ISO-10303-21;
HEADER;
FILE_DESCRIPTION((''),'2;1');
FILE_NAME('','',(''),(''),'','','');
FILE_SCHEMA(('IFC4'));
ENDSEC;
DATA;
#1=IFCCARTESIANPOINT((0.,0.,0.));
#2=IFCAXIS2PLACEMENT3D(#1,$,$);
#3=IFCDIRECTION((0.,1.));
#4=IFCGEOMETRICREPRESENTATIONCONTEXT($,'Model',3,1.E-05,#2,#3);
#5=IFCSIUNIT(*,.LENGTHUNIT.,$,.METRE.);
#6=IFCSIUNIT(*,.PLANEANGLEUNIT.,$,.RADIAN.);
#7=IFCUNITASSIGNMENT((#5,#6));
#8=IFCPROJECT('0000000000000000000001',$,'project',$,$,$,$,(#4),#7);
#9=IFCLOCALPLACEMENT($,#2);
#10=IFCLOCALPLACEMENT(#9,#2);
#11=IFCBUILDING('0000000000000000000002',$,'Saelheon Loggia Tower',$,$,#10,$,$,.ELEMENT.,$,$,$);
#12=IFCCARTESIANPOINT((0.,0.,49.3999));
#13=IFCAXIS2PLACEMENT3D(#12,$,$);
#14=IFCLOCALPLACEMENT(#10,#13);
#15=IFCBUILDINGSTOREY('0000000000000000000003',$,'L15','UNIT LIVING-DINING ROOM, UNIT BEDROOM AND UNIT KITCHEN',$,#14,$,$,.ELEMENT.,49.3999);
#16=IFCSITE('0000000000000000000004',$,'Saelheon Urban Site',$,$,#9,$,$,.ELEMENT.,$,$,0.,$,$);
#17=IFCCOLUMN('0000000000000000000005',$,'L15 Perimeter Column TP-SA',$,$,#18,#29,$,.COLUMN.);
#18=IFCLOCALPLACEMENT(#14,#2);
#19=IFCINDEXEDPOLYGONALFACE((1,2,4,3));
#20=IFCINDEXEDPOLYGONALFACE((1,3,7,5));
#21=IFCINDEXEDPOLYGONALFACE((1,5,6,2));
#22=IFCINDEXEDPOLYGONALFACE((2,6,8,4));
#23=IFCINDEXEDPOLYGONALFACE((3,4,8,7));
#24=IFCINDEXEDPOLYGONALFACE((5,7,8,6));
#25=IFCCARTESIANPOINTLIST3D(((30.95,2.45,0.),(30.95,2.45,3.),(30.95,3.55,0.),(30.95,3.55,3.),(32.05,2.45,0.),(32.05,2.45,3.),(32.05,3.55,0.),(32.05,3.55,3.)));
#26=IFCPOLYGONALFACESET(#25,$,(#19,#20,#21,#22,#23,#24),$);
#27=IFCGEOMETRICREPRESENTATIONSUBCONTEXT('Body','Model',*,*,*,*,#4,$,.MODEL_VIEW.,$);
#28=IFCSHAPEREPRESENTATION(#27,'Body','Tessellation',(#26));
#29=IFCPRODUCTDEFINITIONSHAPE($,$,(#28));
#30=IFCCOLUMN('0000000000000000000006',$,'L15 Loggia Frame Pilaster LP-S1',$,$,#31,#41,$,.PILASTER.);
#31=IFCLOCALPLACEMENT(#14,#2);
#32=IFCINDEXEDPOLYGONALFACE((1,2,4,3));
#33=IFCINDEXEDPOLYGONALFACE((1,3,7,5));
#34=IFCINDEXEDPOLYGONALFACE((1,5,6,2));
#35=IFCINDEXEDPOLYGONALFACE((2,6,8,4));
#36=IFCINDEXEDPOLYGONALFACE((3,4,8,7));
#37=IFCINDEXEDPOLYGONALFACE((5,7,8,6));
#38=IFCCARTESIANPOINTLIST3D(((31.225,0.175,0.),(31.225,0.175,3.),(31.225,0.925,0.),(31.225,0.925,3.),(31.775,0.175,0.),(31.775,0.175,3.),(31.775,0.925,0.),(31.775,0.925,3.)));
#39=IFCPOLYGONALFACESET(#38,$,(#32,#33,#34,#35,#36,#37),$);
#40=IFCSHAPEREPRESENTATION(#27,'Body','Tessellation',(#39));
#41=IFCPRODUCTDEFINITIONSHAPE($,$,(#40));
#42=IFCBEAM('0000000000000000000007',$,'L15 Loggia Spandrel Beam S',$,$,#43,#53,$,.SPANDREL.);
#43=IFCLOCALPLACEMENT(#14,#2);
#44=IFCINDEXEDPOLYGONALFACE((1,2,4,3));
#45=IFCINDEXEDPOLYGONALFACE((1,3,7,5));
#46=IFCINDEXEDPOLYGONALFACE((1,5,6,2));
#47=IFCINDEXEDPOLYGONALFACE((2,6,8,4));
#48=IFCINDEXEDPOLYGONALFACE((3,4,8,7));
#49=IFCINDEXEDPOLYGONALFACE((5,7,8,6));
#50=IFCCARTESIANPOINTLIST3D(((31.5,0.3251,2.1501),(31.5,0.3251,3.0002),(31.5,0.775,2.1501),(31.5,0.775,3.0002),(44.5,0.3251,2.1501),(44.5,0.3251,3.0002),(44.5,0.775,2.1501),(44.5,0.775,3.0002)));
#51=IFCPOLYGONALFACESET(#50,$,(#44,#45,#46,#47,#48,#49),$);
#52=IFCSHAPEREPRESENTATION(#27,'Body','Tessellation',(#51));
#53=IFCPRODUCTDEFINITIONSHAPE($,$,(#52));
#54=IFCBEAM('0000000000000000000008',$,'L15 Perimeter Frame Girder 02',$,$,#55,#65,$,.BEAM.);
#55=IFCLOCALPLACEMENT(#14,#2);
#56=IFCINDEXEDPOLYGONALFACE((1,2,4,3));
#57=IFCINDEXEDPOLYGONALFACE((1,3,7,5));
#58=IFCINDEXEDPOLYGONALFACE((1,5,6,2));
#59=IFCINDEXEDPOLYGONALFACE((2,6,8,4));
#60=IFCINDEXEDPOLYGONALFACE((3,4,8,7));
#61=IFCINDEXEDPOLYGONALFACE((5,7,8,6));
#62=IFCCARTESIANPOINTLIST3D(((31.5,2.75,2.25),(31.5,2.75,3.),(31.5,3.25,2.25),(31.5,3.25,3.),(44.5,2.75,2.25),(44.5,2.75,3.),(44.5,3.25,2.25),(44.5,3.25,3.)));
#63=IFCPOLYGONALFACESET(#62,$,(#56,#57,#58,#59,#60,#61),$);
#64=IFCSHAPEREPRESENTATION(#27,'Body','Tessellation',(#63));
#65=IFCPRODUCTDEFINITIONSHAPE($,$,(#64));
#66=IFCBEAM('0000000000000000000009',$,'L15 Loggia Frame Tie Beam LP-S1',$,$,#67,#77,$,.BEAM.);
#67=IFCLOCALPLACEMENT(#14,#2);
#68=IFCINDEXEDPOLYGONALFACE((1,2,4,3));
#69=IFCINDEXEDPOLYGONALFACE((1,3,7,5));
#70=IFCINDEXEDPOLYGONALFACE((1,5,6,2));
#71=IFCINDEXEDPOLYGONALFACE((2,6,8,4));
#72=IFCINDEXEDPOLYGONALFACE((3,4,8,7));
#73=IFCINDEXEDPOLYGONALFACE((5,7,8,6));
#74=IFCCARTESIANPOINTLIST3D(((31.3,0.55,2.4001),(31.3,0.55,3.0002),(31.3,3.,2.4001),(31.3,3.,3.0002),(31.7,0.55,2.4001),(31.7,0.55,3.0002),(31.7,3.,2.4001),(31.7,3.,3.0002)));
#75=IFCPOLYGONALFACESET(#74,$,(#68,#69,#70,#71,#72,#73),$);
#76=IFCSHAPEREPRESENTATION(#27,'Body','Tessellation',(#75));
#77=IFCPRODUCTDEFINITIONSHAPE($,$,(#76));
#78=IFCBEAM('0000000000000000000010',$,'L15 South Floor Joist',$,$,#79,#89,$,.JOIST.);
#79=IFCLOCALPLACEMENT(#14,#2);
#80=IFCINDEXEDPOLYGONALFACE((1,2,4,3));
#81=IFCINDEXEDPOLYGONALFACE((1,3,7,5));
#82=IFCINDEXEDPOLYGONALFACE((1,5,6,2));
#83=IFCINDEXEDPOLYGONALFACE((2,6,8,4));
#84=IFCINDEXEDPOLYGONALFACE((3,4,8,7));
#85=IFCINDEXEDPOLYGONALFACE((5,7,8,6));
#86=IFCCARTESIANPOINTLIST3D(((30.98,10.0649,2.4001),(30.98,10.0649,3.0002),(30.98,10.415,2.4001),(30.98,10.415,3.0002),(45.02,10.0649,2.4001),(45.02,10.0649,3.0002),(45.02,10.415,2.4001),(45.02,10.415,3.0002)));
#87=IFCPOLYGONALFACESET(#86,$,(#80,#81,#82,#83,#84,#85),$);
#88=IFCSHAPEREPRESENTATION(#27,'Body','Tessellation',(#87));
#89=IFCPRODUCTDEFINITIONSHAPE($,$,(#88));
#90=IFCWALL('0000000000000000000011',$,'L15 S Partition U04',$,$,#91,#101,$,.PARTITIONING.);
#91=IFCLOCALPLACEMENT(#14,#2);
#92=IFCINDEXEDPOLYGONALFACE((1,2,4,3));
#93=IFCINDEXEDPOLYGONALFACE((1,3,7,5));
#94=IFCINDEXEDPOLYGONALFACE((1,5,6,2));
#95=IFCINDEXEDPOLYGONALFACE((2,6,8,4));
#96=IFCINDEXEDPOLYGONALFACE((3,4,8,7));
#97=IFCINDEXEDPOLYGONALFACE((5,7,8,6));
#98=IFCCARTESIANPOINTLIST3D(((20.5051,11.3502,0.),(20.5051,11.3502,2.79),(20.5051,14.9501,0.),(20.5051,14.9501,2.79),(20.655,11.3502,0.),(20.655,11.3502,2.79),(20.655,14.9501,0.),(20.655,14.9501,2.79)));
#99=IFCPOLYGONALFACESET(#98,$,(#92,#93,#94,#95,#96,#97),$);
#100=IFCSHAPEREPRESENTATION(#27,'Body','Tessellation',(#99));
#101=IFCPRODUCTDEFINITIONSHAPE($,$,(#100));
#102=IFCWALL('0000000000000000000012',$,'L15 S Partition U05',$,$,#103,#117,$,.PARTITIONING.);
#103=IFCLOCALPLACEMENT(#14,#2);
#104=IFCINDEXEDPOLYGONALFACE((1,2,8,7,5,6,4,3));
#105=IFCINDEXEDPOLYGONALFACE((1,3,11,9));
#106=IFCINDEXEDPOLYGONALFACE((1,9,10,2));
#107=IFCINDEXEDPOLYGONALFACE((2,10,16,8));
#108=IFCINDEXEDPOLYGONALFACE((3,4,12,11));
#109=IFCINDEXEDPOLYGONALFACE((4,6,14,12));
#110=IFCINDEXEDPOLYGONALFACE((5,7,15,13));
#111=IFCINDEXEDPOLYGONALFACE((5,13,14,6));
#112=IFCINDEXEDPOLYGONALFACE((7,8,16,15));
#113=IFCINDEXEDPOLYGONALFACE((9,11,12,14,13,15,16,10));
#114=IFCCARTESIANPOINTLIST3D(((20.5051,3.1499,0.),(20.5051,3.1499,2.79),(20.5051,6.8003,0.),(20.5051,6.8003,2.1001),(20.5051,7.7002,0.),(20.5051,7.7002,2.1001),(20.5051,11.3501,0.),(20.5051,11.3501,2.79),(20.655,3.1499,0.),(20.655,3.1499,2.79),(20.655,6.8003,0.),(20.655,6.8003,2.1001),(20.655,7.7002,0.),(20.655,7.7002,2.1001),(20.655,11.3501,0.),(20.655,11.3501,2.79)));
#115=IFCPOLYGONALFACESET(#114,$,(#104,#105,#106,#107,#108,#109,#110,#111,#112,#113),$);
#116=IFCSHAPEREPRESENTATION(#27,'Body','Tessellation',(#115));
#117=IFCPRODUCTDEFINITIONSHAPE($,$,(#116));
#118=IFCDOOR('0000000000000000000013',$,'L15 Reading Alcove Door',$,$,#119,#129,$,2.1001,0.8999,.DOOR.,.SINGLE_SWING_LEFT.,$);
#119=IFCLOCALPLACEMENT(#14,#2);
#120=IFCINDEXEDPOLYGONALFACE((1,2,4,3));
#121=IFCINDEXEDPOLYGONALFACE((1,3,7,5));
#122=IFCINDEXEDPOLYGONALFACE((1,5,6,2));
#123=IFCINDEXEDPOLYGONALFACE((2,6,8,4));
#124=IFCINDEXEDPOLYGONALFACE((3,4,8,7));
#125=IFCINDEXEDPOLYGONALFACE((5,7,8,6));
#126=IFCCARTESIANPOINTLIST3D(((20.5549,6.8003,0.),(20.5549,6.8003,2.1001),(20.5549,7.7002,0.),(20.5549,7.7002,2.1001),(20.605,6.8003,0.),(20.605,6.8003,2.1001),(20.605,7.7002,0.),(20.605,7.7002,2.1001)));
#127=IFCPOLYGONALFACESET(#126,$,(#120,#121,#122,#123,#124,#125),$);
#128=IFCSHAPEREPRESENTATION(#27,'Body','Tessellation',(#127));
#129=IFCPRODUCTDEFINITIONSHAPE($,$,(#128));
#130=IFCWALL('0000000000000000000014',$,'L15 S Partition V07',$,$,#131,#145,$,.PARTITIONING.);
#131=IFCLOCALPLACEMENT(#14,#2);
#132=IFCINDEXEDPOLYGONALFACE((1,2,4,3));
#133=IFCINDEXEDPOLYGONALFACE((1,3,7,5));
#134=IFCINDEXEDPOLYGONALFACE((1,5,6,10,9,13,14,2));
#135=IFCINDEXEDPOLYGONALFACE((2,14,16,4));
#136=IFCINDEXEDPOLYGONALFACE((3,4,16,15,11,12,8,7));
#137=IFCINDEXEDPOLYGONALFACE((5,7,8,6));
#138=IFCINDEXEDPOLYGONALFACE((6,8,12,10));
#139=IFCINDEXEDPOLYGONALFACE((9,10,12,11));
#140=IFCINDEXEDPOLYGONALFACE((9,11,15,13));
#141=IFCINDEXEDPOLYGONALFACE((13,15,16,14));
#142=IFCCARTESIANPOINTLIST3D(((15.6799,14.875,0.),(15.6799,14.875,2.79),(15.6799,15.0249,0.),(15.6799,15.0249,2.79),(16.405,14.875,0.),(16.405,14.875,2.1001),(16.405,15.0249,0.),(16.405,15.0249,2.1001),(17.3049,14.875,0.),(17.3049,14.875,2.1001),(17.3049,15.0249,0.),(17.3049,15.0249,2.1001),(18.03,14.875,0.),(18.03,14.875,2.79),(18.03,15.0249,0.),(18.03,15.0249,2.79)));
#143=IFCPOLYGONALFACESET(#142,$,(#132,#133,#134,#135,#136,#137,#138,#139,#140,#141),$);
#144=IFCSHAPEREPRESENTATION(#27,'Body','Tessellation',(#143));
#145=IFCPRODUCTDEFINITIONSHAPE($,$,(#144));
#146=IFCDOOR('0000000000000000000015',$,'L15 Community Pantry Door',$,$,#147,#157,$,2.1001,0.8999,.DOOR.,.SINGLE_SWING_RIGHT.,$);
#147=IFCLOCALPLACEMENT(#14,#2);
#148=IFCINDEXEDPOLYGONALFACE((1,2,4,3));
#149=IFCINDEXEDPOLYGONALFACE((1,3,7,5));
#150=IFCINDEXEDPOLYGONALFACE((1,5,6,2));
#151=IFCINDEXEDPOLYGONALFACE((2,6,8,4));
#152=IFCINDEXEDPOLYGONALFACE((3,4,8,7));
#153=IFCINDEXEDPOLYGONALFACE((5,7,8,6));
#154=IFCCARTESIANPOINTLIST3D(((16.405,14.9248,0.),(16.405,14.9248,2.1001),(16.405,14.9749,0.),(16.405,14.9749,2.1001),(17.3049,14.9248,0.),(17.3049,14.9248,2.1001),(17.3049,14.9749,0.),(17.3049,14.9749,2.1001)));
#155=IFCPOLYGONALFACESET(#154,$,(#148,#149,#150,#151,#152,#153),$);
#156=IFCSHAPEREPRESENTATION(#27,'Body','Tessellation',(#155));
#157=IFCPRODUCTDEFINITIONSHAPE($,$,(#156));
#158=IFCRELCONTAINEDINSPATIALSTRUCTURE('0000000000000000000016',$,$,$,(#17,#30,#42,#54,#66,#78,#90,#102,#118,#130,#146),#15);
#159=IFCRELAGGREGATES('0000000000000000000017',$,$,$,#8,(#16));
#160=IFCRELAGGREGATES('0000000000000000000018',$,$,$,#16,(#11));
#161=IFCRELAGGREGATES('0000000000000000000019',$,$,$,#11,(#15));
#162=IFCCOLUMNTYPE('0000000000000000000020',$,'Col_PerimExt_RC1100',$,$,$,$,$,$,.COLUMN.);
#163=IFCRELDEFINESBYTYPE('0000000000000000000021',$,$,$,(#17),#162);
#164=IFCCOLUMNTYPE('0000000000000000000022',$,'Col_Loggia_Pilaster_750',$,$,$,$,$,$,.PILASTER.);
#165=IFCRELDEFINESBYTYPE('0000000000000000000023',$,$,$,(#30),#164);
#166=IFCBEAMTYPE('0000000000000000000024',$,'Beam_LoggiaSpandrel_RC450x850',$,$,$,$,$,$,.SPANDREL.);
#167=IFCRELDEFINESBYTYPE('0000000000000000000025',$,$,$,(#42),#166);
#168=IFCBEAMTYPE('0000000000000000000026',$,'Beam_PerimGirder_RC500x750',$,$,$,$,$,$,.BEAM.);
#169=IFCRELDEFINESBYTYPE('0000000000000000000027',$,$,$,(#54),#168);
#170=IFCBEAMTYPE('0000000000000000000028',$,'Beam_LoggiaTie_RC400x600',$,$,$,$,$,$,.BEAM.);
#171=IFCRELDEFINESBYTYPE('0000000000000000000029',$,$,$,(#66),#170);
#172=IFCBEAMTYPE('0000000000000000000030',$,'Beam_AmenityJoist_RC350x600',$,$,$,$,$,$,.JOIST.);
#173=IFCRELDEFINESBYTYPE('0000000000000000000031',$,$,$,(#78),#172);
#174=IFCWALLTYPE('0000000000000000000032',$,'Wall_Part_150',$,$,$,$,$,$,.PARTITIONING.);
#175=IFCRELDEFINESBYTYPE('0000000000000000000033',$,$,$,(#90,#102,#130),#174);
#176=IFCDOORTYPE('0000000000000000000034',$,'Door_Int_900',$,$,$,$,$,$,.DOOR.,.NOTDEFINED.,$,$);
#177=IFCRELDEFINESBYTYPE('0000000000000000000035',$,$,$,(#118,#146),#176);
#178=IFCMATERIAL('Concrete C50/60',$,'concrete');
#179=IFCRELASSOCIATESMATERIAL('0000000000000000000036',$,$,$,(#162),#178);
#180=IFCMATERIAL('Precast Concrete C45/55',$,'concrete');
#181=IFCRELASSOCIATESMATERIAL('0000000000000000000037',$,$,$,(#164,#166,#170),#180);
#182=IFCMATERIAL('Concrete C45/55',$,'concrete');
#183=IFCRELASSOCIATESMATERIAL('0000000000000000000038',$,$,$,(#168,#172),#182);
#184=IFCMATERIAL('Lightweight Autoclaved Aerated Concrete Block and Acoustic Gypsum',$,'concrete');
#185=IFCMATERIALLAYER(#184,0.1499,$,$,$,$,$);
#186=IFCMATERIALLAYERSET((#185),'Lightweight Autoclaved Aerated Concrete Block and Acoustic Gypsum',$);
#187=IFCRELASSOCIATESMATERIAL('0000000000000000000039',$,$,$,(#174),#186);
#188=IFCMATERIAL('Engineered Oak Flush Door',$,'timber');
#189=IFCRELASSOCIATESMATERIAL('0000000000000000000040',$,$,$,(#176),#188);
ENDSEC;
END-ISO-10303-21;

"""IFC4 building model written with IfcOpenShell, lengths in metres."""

from ifc_helpers import new_model, si_unit, direction, frame, frame_2d, origin, origin_2d, place, context, subcontext, project, spatial, rectangle, extrude, source, transform, mapped, material, layer, layer_set, material_profile, profile_set, type_object, element, fill, save


model = new_model("IFC4")

# Units and contexts
model_context = context("Model", 3, precision=1e-05, world=origin(), true_north=direction((0.0, 1.0)))
body_context = subcontext(model_context, "Body", "Model", "MODEL_VIEW")
ifc_project = project(units=[si_unit("LENGTHUNIT", "METRE"), si_unit("PLANEANGLEUNIT", "RADIAN")], contexts=[model_context])

# Site, building, storey
site_placement = place(None, origin())
site = spatial("IfcSite", under=ifc_project, at=site_placement, Name="Saelheon Urban Site", CompositionType="ELEMENT", RefElevation=0.0)
building_placement = place(site_placement, origin())
building = spatial("IfcBuilding", under=site, at=building_placement, Name="Saelheon Loggia Tower", CompositionType="ELEMENT")
storey_placement = place(building_placement, frame((0.0, 0.0, 49.3999)))
storey = spatial("IfcBuildingStorey", under=building, at=storey_placement, Name="L15", Description="UNIT LIVING-DINING ROOM, UNIT BEDROOM AND UNIT KITCHEN", CompositionType="ELEMENT", Elevation=49.3999)

# Columns
ifc_material_1 = material(Name="Concrete C50/60", Category="concrete")
ifc_material_profile_1 = material_profile(ifc_material_1, rectangle(XDim=1.1001, YDim=1.1001, at=origin_2d()), Name="RC-1100x1100")
ifc_profile_set_1 = profile_set([ifc_material_profile_1], Name="Concrete C50/60")
column_type_1 = type_object("IfcColumnType", Name="Col_PerimExt_RC1100", PredefinedType="COLUMN", material=ifc_profile_set_1)
shared_shape_1 = source(origin(), body_context, "Body", "SweptSolid", [
    extrude(rectangle(XDim=1.1001, YDim=1.1001, at=origin_2d()), origin(), (0.0, 0.0, 1.0), 3.0),
])
column_1_placement = place(storey_placement, frame((31.5, 3.0, 0.0), z_axis=(0.0, 0.0, 1.0), x_axis=(1.0, 0.0, 0.0)))
element("IfcColumn", 1, at=column_1_placement, inside=storey, type_object=column_type_1, Name="L15 Perimeter Column TP-SA", PredefinedType="COLUMN", context=body_context, shape_type="MappedRepresentation", body=[
    mapped(shared_shape_1, transform((0.0, 0.0, 0.0), scale=1.0)),
])
ifc_material_2 = material(Name="Precast Concrete C45/55", Category="concrete")
ifc_material_profile_2 = material_profile(ifc_material_2, rectangle(XDim=0.55, YDim=0.75, at=origin_2d()), Name="RC-550x750")
ifc_profile_set_2 = profile_set([ifc_material_profile_2], Name="Precast Concrete C45/55")
column_type_2 = type_object("IfcColumnType", Name="Col_Loggia_Pilaster_750", PredefinedType="PILASTER", material=ifc_profile_set_2)
shared_shape_2 = source(origin(), body_context, "Body", "SweptSolid", [
    extrude(rectangle(XDim=0.55, YDim=0.75, at=origin_2d()), origin(), (0.0, 0.0, 1.0), 3.0),
])
column_2_placement = place(storey_placement, frame((31.5, 0.55, 0.0), z_axis=(0.0, 0.0, 1.0), x_axis=(1.0, 0.0, 0.0)))
element("IfcColumn", 2, at=column_2_placement, inside=storey, type_object=column_type_2, Name="L15 Loggia Frame Pilaster LP-S1", PredefinedType="PILASTER", context=body_context, shape_type="MappedRepresentation", body=[
    mapped(shared_shape_2, transform((0.0, 0.0, 0.0), scale=1.0)),
])

# Beams
ifc_material_profile_3 = material_profile(ifc_material_2, rectangle(XDim=0.45, YDim=0.8501, at=origin_2d()), Name="RC-450x850")
ifc_profile_set_3 = profile_set([ifc_material_profile_3], Name="Precast Concrete C45/55")
beam_type_1 = type_object("IfcBeamType", Name="Beam_LoggiaSpandrel_RC450x850", PredefinedType="SPANDREL", material=ifc_profile_set_3)
shared_shape_3 = source(origin(), body_context, "Body", "SweptSolid", [
    extrude(rectangle(XDim=0.45, YDim=0.8501, at=origin_2d()), origin(), (0.0, 0.0, 1.0), 13.0),
])
beam_1_placement = place(storey_placement, frame((31.5, 0.55, 2.5752), z_axis=(1.0, 0.0, 0.0), x_axis=(0.0, 1.0, 0.0)))
element("IfcBeam", 3, at=beam_1_placement, inside=storey, type_object=beam_type_1, Name="L15 Loggia Spandrel Beam S", PredefinedType="SPANDREL", context=body_context, shape_type="MappedRepresentation", body=[
    mapped(shared_shape_3, transform((0.0, 0.0, 0.0), scale=1.0)),
])
ifc_material_3 = material(Name="Concrete C45/55", Category="concrete")
ifc_material_profile_4 = material_profile(ifc_material_3, rectangle(XDim=0.5, YDim=0.75, at=origin_2d()), Name="RC-500x750")
ifc_profile_set_4 = profile_set([ifc_material_profile_4], Name="Concrete C45/55")
beam_type_2 = type_object("IfcBeamType", Name="Beam_PerimGirder_RC500x750", PredefinedType="BEAM", material=ifc_profile_set_4)
shared_shape_4 = source(origin(), body_context, "Body", "SweptSolid", [
    extrude(rectangle(XDim=0.5, YDim=0.75, at=origin_2d()), origin(), (0.0, 0.0, 1.0), 13.0),
])
beam_2_placement = place(storey_placement, frame((31.5, 3.0, 2.625), z_axis=(1.0, 0.0, 0.0), x_axis=(0.0, 1.0, 0.0)))
element("IfcBeam", 4, at=beam_2_placement, inside=storey, type_object=beam_type_2, Name="L15 Perimeter Frame Girder 02", PredefinedType="BEAM", context=body_context, shape_type="MappedRepresentation", body=[
    mapped(shared_shape_4, transform((0.0, 0.0, 0.0), scale=1.0)),
])
ifc_material_profile_5 = material_profile(ifc_material_2, rectangle(XDim=0.3999, YDim=0.6001, at=origin_2d()), Name="RC-400x600")
ifc_profile_set_5 = profile_set([ifc_material_profile_5], Name="Precast Concrete C45/55")
beam_type_3 = type_object("IfcBeamType", Name="Beam_LoggiaTie_RC400x600", PredefinedType="BEAM", material=ifc_profile_set_5)
shared_shape_5 = source(origin(), body_context, "Body", "SweptSolid", [
    extrude(rectangle(XDim=0.3999, YDim=0.6001, at=origin_2d()), origin(), (0.0, 0.0, 1.0), 2.45),
])
beam_3_placement = place(storey_placement, frame((31.5, 3.0, 2.7002), z_axis=(0.0, -1.0, 0.0), x_axis=(1.0, 0.0, 0.0)))
element("IfcBeam", 5, at=beam_3_placement, inside=storey, type_object=beam_type_3, Name="L15 Loggia Frame Tie Beam LP-S1", PredefinedType="BEAM", context=body_context, shape_type="MappedRepresentation", body=[
    mapped(shared_shape_5, transform((0.0, 0.0, 0.0), scale=1.0)),
])
ifc_material_profile_6 = material_profile(ifc_material_3, rectangle(XDim=0.3501, YDim=0.6001, at=origin_2d()), Name="RC-350x600")
ifc_profile_set_6 = profile_set([ifc_material_profile_6], Name="Concrete C45/55")
beam_type_4 = type_object("IfcBeamType", Name="Beam_AmenityJoist_RC350x600", PredefinedType="JOIST", material=ifc_profile_set_6)
shared_shape_6 = source(origin(), body_context, "Body", "SweptSolid", [
    extrude(rectangle(XDim=0.3501, YDim=0.6001, at=origin_2d()), origin(), (0.0, 0.0, 1.0), 14.04),
])
beam_4_placement = place(storey_placement, frame((30.98, 10.24, 2.7002), z_axis=(1.0, 0.0, 0.0), x_axis=(0.0, 1.0, 0.0)))
element("IfcBeam", 6, at=beam_4_placement, inside=storey, type_object=beam_type_4, Name="L15 South Floor Joist", PredefinedType="JOIST", context=body_context, shape_type="MappedRepresentation", body=[
    mapped(shared_shape_6, transform((0.0, 0.0, 0.0), scale=1.0)),
])

# Wall
ifc_material_4 = material(Name="Lightweight Autoclaved Aerated Concrete Block and Acoustic Gypsum", Category="concrete")
ifc_layer_1 = layer(ifc_material_4, 0.1499)
ifc_layer_set_1 = layer_set([ifc_layer_1], Name="Lightweight Autoclaved Aerated Concrete Block and Acoustic Gypsum")
wall_type_1 = type_object("IfcWallType", Name="Wall_Part_150", PredefinedType="PARTITIONING", material=ifc_layer_set_1)
wall_1_placement = place(storey_placement, frame((20.5801, 14.95, 0.0), z_axis=(0.0, 0.0, 1.0), x_axis=(0.0, -1.0, 0.0)))
element("IfcWall", 7, at=wall_1_placement, inside=storey, type_object=wall_type_1, Name="L15 S Partition U04", PredefinedType="PARTITIONING", context=body_context, shape_type="SweptSolid", body=[
    extrude(rectangle(XDim=3.5999, YDim=0.1499, at=frame_2d((1.7998, 0.0))), origin(), (0.0, 0.0, 1.0), 2.79),
])

# Walls, openings, doors
wall_2_placement = place(storey_placement, frame((20.5801, 11.3501, 0.0), z_axis=(0.0, 0.0, 1.0), x_axis=(0.0, -1.0, 0.0)))
wall_2 = element("IfcWall", 8, at=wall_2_placement, inside=storey, type_object=wall_type_1, Name="L15 S Partition U05", PredefinedType="PARTITIONING", context=body_context, shape_type="SweptSolid", body=[
    extrude(rectangle(XDim=8.2002, YDim=0.1499, at=frame_2d((4.1001, 0.0))), origin(), (0.0, 0.0, 1.0), 2.79),
])
opening_1_placement = place(wall_2_placement, frame((3.6499, 0.0, 0.0)))
opening_1 = element("IfcOpeningElement", 9, at=opening_1_placement, cuts=wall_2, PredefinedType="OPENING", context=body_context, shape_type="SweptSolid", body=[
    extrude(rectangle(XDim=0.8999, YDim=2.1001, at=frame_2d((0.45, 1.05))), frame((0.0, 0.0869, 0.0), z_axis=(0.0, -1.0, 0.0), x_axis=(1.0, 0.0, 0.0)), (0.0, 0.0, 1.0), 0.1738),
])
ifc_material_5 = material(Name="Engineered Oak Flush Door", Category="timber")
door_type_1 = type_object("IfcDoorType", Name="Door_Int_900", OperationType="NOTDEFINED", PredefinedType="DOOR", material=ifc_material_5)
shared_shape_7 = source(origin(), body_context, "Body", "SweptSolid", [
    extrude(rectangle(XDim=0.8999, YDim=2.1001, at=frame_2d((0.45, 1.05))), frame((0.0, 0.0249, 0.0), z_axis=(0.0, -1.0, 0.0), x_axis=(1.0, 0.0, 0.0)), (0.0, 0.0, 1.0), 0.05),
])
door_1_placement = place(opening_1_placement, origin())
door_1 = element("IfcDoor", 10, at=door_1_placement, inside=storey, type_object=door_type_1, Name="L15 Reading Alcove Door", OperationType="SINGLE_SWING_LEFT", OverallHeight=2.1001, OverallWidth=0.8999, PredefinedType="DOOR", context=body_context, shape_type="MappedRepresentation", body=[
    mapped(shared_shape_7, transform((0.0, 0.0, 0.0), scale=1.0)),
])
fill(opening_1, door_1)
wall_3_placement = place(storey_placement, frame((15.6799, 14.95, 0.0), z_axis=(0.0, 0.0, 1.0), x_axis=(1.0, 0.0, 0.0)))
wall_3 = element("IfcWall", 11, at=wall_3_placement, inside=storey, type_object=wall_type_1, Name="L15 S Partition V07", PredefinedType="PARTITIONING", context=body_context, shape_type="SweptSolid", body=[
    extrude(rectangle(XDim=2.3501, YDim=0.1499, at=frame_2d((1.175, 0.0))), origin(), (0.0, 0.0, 1.0), 2.79),
])
opening_2_placement = place(wall_3_placement, frame((0.7251, 0.0, 0.0)))
opening_2 = element("IfcOpeningElement", 12, at=opening_2_placement, cuts=wall_3, PredefinedType="OPENING", context=body_context, shape_type="SweptSolid", body=[
    extrude(rectangle(XDim=0.8999, YDim=2.1001, at=frame_2d((0.45, 1.05))), frame((0.0, 0.0869, 0.0), z_axis=(0.0, -1.0, 0.0), x_axis=(1.0, 0.0, 0.0)), (0.0, 0.0, 1.0), 0.1738),
])
door_2_placement = place(opening_2_placement, origin())
door_2 = element("IfcDoor", 13, at=door_2_placement, inside=storey, type_object=door_type_1, Name="L15 Community Pantry Door", OperationType="SINGLE_SWING_RIGHT", OverallHeight=2.1001, OverallWidth=0.8999, PredefinedType="DOOR", context=body_context, shape_type="MappedRepresentation", body=[
    mapped(shared_shape_7, transform((0.0, 0.0, 0.0), scale=1.0)),
])
fill(opening_2, door_2)

save(model, "model.ifc")
